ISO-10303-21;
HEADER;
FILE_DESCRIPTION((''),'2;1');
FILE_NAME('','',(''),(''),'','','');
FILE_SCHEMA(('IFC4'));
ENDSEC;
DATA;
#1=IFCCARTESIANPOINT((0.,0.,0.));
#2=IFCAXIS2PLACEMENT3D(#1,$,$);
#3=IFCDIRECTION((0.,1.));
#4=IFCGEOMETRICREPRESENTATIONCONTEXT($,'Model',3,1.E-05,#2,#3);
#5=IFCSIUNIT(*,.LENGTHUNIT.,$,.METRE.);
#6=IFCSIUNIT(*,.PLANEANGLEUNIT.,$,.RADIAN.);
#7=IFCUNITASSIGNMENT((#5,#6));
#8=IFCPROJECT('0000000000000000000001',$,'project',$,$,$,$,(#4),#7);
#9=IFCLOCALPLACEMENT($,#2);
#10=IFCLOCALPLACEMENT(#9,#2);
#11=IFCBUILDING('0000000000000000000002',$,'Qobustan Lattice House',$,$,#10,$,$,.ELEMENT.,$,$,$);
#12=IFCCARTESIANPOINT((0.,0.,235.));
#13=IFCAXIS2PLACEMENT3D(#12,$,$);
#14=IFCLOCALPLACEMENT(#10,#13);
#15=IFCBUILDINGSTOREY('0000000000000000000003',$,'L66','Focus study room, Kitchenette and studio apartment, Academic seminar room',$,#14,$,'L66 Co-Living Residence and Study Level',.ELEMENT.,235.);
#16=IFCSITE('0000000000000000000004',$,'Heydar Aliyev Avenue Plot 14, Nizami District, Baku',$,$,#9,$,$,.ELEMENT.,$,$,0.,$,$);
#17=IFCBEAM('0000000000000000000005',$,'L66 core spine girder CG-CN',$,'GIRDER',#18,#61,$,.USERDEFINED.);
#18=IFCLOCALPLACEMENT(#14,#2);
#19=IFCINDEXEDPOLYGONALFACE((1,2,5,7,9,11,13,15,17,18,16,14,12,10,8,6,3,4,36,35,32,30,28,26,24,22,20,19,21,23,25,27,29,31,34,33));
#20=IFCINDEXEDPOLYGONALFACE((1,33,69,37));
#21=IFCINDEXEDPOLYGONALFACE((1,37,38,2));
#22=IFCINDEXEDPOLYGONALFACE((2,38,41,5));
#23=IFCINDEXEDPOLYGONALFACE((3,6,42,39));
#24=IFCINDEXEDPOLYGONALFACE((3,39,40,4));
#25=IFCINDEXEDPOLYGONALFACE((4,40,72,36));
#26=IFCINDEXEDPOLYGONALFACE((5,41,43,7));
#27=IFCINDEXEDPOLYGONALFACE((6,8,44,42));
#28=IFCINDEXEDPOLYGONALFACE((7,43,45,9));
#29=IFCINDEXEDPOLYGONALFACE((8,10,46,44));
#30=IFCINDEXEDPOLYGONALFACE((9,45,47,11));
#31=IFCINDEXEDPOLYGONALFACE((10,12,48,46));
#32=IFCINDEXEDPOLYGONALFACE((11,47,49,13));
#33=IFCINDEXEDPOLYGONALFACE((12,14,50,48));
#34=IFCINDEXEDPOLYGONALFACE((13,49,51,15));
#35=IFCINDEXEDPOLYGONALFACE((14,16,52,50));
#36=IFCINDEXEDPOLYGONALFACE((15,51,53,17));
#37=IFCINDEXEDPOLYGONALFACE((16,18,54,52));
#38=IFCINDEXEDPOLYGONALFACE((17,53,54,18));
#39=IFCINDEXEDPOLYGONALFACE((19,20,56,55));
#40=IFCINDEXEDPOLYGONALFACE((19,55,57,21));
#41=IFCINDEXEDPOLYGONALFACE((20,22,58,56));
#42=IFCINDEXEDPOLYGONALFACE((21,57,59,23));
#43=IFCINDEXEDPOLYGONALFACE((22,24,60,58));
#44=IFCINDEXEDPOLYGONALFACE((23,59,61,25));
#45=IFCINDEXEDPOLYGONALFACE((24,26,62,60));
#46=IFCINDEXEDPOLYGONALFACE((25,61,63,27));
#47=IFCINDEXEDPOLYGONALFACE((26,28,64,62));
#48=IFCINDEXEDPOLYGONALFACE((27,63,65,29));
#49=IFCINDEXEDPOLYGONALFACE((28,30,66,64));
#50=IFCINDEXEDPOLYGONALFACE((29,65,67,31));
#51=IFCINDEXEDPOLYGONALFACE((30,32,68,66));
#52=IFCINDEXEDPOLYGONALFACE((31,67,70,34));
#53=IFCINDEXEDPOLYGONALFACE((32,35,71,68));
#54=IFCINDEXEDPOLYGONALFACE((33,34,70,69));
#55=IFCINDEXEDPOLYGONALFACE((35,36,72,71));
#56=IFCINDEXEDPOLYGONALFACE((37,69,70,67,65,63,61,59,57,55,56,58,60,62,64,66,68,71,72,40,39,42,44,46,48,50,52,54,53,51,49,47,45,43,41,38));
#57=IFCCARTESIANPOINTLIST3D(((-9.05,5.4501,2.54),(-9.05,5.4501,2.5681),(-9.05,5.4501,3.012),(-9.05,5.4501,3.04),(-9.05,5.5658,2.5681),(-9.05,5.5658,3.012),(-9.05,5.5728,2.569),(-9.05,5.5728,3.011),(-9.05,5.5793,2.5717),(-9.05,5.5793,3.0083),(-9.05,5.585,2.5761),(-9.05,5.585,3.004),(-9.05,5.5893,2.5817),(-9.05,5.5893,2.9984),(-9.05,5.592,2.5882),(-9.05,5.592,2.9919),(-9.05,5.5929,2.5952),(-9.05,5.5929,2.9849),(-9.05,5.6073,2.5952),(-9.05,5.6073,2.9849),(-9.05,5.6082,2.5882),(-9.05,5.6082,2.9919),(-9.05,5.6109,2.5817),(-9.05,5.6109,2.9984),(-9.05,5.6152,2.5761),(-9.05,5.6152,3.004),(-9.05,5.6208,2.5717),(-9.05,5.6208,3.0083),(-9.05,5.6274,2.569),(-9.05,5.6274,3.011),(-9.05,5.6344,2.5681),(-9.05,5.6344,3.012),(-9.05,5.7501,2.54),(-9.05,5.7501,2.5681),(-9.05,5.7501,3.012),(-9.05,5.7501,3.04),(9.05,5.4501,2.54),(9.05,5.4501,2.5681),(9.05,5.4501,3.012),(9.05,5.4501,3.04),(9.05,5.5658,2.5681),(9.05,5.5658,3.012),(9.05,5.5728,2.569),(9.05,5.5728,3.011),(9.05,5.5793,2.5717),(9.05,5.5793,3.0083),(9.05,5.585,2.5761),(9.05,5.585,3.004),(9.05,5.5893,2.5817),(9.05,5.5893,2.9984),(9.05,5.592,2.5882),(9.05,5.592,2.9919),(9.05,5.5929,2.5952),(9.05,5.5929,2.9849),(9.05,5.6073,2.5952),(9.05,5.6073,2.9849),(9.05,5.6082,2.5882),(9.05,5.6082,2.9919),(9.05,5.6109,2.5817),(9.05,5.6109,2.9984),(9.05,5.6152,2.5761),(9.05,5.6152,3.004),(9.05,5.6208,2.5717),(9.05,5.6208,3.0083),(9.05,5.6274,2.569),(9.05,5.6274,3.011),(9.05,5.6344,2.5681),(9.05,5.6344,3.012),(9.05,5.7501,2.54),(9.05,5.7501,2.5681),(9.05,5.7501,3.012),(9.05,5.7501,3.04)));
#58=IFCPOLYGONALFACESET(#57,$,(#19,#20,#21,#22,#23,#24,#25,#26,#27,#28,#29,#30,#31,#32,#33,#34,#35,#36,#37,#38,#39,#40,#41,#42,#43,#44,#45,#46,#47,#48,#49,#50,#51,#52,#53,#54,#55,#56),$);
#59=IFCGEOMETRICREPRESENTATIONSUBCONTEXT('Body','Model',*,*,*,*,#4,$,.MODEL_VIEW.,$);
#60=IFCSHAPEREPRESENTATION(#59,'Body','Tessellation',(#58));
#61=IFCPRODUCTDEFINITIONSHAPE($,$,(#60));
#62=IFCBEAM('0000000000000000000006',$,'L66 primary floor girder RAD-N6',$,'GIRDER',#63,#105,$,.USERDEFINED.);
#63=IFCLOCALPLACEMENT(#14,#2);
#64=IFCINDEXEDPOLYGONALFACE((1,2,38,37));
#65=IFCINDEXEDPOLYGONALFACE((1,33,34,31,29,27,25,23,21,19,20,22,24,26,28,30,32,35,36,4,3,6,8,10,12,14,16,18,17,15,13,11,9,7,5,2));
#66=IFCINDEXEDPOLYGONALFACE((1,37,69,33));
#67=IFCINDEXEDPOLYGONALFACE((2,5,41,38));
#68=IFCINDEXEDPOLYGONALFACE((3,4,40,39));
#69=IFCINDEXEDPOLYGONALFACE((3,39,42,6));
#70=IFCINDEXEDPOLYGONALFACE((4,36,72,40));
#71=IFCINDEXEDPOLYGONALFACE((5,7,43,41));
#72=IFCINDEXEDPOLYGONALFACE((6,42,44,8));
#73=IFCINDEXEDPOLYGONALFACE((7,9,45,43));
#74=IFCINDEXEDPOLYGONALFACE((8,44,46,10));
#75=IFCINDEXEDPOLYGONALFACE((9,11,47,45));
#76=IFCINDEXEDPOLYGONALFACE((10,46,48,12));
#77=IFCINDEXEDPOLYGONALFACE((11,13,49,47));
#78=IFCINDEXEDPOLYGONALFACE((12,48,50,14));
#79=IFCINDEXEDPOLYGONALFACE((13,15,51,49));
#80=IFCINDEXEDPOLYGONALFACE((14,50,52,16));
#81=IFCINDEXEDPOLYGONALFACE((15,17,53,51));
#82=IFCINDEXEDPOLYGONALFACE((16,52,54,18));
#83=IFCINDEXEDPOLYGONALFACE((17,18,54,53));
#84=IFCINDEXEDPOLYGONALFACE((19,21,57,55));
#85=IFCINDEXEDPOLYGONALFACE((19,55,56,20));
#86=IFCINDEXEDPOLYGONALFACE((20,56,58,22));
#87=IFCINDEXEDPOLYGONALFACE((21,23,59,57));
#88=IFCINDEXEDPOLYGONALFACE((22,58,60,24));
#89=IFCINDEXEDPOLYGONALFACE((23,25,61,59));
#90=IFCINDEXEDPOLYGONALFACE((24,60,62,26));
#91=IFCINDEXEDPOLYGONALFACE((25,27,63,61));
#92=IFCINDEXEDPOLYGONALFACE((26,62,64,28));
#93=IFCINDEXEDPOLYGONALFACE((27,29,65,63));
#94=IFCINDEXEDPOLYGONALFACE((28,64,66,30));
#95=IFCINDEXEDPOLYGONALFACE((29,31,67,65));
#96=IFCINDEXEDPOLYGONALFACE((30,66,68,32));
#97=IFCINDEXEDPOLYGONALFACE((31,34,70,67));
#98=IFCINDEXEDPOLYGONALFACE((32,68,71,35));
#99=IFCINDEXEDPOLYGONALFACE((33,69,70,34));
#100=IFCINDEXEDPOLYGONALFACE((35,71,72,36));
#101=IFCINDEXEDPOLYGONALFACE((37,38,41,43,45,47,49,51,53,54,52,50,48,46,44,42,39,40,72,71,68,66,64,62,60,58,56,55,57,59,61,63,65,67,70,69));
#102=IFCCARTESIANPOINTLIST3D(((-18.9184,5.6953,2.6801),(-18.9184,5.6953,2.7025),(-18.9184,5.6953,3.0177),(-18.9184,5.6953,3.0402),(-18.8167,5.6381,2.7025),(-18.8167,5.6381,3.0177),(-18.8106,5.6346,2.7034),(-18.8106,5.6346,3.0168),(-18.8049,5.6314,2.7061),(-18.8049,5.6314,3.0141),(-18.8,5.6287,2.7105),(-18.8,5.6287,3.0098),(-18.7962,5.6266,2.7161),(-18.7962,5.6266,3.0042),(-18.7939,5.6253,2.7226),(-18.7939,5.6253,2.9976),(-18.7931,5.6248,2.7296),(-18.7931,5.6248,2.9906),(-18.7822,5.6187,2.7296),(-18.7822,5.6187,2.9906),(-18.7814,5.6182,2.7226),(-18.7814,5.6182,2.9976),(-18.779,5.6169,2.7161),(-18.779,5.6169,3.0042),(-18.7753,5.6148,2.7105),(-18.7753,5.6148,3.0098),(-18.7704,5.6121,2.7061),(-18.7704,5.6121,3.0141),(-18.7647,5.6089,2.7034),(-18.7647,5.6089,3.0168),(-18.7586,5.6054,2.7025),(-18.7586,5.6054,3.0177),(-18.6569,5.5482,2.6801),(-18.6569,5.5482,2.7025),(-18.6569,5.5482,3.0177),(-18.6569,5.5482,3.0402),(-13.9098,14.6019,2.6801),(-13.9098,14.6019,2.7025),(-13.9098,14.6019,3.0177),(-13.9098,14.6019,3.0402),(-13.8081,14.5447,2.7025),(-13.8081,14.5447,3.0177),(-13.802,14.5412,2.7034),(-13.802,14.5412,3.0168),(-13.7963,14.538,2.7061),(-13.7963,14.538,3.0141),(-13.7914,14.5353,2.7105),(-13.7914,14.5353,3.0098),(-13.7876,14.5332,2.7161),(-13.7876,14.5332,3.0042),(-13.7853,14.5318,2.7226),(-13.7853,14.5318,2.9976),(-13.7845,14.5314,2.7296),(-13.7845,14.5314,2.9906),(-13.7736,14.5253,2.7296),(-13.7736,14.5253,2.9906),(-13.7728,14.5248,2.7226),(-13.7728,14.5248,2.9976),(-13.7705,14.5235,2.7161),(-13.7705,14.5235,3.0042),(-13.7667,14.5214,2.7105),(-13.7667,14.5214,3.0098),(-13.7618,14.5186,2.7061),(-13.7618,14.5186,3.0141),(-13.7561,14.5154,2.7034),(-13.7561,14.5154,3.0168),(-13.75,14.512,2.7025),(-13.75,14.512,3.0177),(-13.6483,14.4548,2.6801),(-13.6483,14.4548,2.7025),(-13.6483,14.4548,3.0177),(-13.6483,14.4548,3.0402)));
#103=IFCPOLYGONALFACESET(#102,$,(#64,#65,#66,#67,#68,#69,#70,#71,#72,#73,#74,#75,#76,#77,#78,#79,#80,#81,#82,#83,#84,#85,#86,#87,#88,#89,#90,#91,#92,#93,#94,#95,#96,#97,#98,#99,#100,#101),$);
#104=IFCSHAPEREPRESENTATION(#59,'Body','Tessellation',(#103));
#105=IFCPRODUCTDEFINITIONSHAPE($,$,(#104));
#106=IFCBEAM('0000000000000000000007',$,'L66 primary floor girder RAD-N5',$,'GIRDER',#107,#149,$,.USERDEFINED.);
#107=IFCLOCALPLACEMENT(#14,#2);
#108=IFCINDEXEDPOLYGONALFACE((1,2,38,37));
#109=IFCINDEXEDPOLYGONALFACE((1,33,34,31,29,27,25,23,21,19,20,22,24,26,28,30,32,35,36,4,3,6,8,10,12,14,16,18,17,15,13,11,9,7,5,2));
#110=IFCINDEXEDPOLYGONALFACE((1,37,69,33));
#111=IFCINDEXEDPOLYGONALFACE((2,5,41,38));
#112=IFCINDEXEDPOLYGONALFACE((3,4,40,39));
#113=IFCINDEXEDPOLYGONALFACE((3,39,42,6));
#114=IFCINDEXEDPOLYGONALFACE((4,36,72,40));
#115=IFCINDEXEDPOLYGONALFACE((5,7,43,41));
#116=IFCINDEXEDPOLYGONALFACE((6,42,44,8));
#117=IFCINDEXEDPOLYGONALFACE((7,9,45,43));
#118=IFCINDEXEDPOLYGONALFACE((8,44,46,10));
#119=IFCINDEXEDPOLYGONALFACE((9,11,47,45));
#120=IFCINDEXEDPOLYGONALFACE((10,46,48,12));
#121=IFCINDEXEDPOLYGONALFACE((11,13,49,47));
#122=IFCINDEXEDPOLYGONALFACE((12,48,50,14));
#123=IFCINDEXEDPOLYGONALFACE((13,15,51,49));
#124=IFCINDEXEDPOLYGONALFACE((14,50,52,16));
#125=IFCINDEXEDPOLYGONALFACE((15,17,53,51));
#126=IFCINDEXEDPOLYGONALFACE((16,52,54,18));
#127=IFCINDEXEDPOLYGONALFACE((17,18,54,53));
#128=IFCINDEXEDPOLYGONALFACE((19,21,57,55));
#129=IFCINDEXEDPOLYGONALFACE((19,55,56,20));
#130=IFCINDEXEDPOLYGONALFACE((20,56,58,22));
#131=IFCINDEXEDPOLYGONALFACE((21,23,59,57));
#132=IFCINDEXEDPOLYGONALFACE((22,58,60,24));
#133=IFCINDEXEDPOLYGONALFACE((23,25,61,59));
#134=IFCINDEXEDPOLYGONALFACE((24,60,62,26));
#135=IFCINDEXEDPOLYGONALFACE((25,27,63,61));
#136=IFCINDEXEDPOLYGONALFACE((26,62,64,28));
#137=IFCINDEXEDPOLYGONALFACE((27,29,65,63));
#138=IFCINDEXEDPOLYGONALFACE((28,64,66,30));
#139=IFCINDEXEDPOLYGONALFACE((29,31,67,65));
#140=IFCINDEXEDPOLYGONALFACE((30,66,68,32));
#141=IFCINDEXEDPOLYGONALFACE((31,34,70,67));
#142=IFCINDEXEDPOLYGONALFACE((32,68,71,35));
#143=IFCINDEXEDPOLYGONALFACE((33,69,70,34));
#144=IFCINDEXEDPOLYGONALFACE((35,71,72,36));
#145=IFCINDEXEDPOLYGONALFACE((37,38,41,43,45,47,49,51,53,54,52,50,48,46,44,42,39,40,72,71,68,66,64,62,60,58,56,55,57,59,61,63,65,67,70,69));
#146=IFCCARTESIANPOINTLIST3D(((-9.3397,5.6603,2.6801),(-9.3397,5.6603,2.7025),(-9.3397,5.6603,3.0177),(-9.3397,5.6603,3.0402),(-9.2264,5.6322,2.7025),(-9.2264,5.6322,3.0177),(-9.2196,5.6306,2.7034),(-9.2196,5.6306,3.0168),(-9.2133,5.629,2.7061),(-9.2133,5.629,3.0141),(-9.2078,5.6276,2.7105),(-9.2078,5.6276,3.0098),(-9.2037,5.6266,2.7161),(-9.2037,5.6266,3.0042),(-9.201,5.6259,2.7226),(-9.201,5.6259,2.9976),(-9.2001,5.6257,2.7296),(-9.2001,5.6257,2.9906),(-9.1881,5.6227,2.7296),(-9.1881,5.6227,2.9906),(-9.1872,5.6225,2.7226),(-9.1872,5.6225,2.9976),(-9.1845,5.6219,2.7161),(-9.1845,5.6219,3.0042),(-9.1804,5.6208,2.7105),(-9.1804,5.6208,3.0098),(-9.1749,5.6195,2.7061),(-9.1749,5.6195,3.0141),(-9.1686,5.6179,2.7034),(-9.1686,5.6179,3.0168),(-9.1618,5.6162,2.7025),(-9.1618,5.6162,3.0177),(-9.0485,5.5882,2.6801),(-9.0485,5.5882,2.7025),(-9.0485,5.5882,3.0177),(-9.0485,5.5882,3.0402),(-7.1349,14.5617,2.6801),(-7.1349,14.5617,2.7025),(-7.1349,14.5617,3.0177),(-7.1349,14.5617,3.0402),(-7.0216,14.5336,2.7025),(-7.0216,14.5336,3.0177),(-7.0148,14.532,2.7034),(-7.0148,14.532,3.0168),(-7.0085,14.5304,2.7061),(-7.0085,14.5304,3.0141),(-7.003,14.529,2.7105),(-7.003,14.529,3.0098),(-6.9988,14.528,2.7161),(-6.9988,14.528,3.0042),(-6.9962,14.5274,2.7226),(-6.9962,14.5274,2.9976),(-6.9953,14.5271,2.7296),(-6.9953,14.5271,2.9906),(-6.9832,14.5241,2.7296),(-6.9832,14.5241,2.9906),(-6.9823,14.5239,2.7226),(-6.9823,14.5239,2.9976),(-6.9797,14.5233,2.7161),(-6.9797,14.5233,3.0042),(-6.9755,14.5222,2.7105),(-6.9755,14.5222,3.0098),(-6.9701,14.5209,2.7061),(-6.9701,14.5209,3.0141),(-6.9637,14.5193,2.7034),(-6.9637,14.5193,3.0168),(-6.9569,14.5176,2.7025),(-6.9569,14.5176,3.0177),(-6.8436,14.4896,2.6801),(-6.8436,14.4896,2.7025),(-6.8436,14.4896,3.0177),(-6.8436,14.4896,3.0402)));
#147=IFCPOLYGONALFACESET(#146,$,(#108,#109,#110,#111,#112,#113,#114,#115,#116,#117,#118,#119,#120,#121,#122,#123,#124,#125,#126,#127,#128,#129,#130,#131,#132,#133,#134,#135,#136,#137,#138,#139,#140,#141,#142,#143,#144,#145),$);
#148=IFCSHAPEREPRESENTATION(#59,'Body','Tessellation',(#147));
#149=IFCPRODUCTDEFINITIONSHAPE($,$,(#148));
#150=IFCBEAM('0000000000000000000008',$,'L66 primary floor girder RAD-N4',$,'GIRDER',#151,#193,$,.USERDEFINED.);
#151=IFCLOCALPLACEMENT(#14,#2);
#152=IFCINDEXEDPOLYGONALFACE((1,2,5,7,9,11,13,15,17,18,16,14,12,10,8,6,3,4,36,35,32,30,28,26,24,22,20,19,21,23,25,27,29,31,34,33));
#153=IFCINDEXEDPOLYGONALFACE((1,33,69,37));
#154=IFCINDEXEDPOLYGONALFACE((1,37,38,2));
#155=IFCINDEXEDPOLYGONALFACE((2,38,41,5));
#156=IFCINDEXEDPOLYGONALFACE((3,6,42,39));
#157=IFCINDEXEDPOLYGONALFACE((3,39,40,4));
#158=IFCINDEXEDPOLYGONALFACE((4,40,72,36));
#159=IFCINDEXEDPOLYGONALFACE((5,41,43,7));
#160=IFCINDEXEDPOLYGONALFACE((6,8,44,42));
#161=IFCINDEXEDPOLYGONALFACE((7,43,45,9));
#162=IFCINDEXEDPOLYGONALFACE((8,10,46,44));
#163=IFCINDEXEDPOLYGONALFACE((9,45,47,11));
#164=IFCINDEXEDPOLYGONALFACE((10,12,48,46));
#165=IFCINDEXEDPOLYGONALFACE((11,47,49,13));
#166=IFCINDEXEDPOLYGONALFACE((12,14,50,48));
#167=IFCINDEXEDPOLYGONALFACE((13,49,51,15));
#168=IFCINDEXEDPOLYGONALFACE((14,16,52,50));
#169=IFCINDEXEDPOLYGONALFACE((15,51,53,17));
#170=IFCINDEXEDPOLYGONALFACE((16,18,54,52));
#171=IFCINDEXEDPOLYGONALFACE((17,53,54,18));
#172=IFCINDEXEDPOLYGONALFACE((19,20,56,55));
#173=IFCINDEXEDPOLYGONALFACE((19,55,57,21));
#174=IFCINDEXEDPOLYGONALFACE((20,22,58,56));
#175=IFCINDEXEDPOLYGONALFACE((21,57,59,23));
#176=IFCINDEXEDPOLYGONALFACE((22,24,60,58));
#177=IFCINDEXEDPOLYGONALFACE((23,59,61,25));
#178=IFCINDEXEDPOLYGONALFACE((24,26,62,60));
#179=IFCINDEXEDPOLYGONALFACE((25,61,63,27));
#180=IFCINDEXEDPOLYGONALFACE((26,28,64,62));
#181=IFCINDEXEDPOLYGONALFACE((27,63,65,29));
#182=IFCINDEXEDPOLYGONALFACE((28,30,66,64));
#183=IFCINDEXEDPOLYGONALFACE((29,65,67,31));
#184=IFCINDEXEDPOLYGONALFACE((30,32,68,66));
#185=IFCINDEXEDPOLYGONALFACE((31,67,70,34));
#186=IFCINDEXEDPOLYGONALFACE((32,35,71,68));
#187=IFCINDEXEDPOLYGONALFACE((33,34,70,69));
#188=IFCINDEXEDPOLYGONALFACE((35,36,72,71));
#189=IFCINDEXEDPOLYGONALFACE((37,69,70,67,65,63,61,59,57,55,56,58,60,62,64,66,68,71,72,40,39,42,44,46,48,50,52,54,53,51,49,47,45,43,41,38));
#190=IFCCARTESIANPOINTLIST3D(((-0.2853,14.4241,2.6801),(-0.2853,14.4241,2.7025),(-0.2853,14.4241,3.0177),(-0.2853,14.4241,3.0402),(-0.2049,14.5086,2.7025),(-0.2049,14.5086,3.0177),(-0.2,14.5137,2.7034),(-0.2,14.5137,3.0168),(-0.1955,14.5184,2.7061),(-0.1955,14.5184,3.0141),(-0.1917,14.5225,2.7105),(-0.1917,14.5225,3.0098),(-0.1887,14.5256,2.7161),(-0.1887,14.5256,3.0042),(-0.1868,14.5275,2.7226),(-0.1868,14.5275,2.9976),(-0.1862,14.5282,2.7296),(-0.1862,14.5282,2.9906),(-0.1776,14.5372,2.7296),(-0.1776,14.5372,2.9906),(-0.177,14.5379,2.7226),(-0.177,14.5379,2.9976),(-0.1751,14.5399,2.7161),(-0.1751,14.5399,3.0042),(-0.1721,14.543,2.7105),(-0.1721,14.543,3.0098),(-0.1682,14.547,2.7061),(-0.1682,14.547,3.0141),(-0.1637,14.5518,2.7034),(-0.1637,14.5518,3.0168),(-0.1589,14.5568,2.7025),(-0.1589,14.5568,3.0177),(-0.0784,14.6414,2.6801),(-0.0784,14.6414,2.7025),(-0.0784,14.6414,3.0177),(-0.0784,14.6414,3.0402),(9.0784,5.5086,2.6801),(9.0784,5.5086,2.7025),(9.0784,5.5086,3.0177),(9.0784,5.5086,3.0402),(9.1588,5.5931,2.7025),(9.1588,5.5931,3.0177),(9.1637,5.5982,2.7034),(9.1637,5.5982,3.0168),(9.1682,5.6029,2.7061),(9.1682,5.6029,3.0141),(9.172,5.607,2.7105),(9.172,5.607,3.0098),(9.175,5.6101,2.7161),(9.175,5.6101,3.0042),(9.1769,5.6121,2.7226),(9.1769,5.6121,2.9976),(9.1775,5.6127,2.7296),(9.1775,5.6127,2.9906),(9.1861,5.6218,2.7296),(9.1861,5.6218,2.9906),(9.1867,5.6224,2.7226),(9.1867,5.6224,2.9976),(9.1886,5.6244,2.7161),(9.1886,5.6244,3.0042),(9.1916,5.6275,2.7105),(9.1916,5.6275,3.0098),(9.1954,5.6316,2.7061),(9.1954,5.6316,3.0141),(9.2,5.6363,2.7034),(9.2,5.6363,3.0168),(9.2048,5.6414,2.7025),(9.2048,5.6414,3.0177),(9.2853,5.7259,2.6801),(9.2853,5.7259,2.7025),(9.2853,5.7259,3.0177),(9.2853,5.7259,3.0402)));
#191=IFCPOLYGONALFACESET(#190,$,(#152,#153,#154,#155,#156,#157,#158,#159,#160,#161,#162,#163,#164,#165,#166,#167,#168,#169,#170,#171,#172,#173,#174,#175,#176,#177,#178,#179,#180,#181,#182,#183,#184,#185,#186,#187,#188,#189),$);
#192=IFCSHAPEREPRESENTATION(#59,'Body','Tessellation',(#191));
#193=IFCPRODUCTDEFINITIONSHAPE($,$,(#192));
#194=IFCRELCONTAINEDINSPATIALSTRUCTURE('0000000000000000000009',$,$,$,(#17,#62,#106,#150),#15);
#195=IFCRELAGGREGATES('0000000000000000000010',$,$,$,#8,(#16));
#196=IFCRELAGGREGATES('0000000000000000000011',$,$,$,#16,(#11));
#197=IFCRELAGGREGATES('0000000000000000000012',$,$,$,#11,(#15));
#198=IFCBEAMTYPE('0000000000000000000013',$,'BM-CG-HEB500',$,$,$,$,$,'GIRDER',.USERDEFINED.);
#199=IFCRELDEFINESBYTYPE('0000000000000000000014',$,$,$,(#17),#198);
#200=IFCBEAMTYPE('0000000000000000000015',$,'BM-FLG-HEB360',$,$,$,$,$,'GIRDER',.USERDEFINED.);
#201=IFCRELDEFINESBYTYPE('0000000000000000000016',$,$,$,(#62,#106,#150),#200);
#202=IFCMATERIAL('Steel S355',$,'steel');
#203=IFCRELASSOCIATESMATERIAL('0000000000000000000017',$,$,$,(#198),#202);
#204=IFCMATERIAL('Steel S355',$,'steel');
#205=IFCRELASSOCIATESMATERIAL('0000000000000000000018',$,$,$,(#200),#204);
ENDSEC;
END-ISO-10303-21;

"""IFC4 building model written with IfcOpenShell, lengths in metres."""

from ifc_helpers import new_model, si_unit, direction, frame, origin, origin_2d, place, context, subcontext, project, spatial, i_section, extrude, material, material_profile, profile_set, type_object, element, save


model = new_model("IFC4")

# Units and contexts
model_context = context("Model", 3, precision=1e-05, world=origin(), true_north=direction((0.0, 1.0)))
body_context = subcontext(model_context, "Body", "Model", "MODEL_VIEW")
ifc_project = project(units=[si_unit("LENGTHUNIT", "METRE"), si_unit("PLANEANGLEUNIT", "RADIAN")], contexts=[model_context])

# Site, building, storey
site_placement = place(None, origin())
site = spatial("IfcSite", under=ifc_project, at=site_placement, Name="Heydar Aliyev Avenue Plot 14, Nizami District, Baku", CompositionType="ELEMENT", RefElevation=0.0)
building_placement = place(site_placement, origin())
building = spatial("IfcBuilding", under=site, at=building_placement, Name="Qobustan Lattice House", CompositionType="ELEMENT")
storey_placement = place(building_placement, frame((0.0, 0.0, 235.0)))
storey = spatial("IfcBuildingStorey", under=building, at=storey_placement, Name="L66", Description="Focus study room, Kitchenette and studio apartment, Academic seminar room", LongName="L66 Co-Living Residence and Study Level", CompositionType="ELEMENT", Elevation=235.0)

# Beams
ifc_material_1 = material(Name="Steel S355", Category="steel")
ifc_material_profile_1 = material_profile(ifc_material_1, i_section(OverallWidth=0.3, OverallDepth=0.5, WebThickness=0.0144, FlangeThickness=0.0281, FilletRadius=0.0271, at=origin_2d()), Name="HEB500")
ifc_profile_set_1 = profile_set([ifc_material_profile_1], Name="Steel S355")
beam_type_1 = type_object("IfcBeamType", Name="BM-CG-HEB500", ElementType="GIRDER", PredefinedType="USERDEFINED", material=ifc_profile_set_1)
beam_1_placement = place(storey_placement, frame((-9.05, 5.6001, 2.79), z_axis=(1.0, 0.0, 0.0), x_axis=(0.0, 1.0, 0.0)))
element("IfcBeam", 1, at=beam_1_placement, inside=storey, type_object=beam_type_1, Name="L66 core spine girder CG-CN", ObjectType="GIRDER", PredefinedType="USERDEFINED", context=body_context, shape_type="SweptSolid", body=[
    extrude(i_section(OverallWidth=0.3, OverallDepth=0.5, WebThickness=0.0144, FlangeThickness=0.0281, FilletRadius=0.0271, at=origin_2d()), origin(), (0.0, 0.0, 1.0), 18.1001),
])
ifc_material_2 = material(Name="Steel S355", Category="steel")
ifc_material_profile_2 = material_profile(ifc_material_2, i_section(OverallWidth=0.3, OverallDepth=0.3601, WebThickness=0.0125, FlangeThickness=0.0225, FilletRadius=0.0271, at=origin_2d()), Name="HEB360")
ifc_profile_set_2 = profile_set([ifc_material_profile_2], Name="Steel S355")
beam_type_2 = type_object("IfcBeamType", Name="BM-FLG-HEB360", ElementType="GIRDER", PredefinedType="USERDEFINED", material=ifc_profile_set_2)
beam_2_placement = place(storey_placement, frame((-13.7791, 14.5283, 2.8601), z_axis=(-0.49016, -0.871632, 0.0), x_axis=(0.871632, -0.49016, 0.0)))
element("IfcBeam", 2, at=beam_2_placement, inside=storey, type_object=beam_type_2, Name="L66 primary floor girder RAD-N6", ObjectType="GIRDER", PredefinedType="USERDEFINED", context=body_context, shape_type="SweptSolid", body=[
    extrude(i_section(OverallWidth=0.3, OverallDepth=0.3601, WebThickness=0.0125, FlangeThickness=0.0225, FilletRadius=0.0271, at=origin_2d()), origin(), (0.0, 0.0, 1.0), 10.2183),
])
beam_3_placement = place(storey_placement, frame((-6.9893, 14.5256, 2.8601), z_axis=(-0.24043, -0.970666, 0.0), x_axis=(0.970666, -0.24043, 0.0)))
element("IfcBeam", 3, at=beam_3_placement, inside=storey, type_object=beam_type_2, Name="L66 primary floor girder RAD-N5", ObjectType="GIRDER", PredefinedType="USERDEFINED", context=body_context, shape_type="SweptSolid", body=[
    extrude(i_section(OverallWidth=0.3, OverallDepth=0.3601, WebThickness=0.0125, FlangeThickness=0.0225, FilletRadius=0.0271, at=origin_2d()), origin(), (0.0, 0.0, 1.0), 9.1704),
])
beam_4_placement = place(storey_placement, frame((-0.1819, 14.5327, 2.8601), z_axis=(0.724229, -0.68956, 0.0), x_axis=(0.68956, 0.724229, 0.0)))
element("IfcBeam", 4, at=beam_4_placement, inside=storey, type_object=beam_type_2, Name="L66 primary floor girder RAD-N4", ObjectType="GIRDER", PredefinedType="USERDEFINED", context=body_context, shape_type="SweptSolid", body=[
    extrude(i_section(OverallWidth=0.3, OverallDepth=0.3601, WebThickness=0.0125, FlangeThickness=0.0225, FilletRadius=0.0271, at=origin_2d()), origin(), (0.0, 0.0, 1.0), 12.9292),
])

save(model, "model.ifc")
